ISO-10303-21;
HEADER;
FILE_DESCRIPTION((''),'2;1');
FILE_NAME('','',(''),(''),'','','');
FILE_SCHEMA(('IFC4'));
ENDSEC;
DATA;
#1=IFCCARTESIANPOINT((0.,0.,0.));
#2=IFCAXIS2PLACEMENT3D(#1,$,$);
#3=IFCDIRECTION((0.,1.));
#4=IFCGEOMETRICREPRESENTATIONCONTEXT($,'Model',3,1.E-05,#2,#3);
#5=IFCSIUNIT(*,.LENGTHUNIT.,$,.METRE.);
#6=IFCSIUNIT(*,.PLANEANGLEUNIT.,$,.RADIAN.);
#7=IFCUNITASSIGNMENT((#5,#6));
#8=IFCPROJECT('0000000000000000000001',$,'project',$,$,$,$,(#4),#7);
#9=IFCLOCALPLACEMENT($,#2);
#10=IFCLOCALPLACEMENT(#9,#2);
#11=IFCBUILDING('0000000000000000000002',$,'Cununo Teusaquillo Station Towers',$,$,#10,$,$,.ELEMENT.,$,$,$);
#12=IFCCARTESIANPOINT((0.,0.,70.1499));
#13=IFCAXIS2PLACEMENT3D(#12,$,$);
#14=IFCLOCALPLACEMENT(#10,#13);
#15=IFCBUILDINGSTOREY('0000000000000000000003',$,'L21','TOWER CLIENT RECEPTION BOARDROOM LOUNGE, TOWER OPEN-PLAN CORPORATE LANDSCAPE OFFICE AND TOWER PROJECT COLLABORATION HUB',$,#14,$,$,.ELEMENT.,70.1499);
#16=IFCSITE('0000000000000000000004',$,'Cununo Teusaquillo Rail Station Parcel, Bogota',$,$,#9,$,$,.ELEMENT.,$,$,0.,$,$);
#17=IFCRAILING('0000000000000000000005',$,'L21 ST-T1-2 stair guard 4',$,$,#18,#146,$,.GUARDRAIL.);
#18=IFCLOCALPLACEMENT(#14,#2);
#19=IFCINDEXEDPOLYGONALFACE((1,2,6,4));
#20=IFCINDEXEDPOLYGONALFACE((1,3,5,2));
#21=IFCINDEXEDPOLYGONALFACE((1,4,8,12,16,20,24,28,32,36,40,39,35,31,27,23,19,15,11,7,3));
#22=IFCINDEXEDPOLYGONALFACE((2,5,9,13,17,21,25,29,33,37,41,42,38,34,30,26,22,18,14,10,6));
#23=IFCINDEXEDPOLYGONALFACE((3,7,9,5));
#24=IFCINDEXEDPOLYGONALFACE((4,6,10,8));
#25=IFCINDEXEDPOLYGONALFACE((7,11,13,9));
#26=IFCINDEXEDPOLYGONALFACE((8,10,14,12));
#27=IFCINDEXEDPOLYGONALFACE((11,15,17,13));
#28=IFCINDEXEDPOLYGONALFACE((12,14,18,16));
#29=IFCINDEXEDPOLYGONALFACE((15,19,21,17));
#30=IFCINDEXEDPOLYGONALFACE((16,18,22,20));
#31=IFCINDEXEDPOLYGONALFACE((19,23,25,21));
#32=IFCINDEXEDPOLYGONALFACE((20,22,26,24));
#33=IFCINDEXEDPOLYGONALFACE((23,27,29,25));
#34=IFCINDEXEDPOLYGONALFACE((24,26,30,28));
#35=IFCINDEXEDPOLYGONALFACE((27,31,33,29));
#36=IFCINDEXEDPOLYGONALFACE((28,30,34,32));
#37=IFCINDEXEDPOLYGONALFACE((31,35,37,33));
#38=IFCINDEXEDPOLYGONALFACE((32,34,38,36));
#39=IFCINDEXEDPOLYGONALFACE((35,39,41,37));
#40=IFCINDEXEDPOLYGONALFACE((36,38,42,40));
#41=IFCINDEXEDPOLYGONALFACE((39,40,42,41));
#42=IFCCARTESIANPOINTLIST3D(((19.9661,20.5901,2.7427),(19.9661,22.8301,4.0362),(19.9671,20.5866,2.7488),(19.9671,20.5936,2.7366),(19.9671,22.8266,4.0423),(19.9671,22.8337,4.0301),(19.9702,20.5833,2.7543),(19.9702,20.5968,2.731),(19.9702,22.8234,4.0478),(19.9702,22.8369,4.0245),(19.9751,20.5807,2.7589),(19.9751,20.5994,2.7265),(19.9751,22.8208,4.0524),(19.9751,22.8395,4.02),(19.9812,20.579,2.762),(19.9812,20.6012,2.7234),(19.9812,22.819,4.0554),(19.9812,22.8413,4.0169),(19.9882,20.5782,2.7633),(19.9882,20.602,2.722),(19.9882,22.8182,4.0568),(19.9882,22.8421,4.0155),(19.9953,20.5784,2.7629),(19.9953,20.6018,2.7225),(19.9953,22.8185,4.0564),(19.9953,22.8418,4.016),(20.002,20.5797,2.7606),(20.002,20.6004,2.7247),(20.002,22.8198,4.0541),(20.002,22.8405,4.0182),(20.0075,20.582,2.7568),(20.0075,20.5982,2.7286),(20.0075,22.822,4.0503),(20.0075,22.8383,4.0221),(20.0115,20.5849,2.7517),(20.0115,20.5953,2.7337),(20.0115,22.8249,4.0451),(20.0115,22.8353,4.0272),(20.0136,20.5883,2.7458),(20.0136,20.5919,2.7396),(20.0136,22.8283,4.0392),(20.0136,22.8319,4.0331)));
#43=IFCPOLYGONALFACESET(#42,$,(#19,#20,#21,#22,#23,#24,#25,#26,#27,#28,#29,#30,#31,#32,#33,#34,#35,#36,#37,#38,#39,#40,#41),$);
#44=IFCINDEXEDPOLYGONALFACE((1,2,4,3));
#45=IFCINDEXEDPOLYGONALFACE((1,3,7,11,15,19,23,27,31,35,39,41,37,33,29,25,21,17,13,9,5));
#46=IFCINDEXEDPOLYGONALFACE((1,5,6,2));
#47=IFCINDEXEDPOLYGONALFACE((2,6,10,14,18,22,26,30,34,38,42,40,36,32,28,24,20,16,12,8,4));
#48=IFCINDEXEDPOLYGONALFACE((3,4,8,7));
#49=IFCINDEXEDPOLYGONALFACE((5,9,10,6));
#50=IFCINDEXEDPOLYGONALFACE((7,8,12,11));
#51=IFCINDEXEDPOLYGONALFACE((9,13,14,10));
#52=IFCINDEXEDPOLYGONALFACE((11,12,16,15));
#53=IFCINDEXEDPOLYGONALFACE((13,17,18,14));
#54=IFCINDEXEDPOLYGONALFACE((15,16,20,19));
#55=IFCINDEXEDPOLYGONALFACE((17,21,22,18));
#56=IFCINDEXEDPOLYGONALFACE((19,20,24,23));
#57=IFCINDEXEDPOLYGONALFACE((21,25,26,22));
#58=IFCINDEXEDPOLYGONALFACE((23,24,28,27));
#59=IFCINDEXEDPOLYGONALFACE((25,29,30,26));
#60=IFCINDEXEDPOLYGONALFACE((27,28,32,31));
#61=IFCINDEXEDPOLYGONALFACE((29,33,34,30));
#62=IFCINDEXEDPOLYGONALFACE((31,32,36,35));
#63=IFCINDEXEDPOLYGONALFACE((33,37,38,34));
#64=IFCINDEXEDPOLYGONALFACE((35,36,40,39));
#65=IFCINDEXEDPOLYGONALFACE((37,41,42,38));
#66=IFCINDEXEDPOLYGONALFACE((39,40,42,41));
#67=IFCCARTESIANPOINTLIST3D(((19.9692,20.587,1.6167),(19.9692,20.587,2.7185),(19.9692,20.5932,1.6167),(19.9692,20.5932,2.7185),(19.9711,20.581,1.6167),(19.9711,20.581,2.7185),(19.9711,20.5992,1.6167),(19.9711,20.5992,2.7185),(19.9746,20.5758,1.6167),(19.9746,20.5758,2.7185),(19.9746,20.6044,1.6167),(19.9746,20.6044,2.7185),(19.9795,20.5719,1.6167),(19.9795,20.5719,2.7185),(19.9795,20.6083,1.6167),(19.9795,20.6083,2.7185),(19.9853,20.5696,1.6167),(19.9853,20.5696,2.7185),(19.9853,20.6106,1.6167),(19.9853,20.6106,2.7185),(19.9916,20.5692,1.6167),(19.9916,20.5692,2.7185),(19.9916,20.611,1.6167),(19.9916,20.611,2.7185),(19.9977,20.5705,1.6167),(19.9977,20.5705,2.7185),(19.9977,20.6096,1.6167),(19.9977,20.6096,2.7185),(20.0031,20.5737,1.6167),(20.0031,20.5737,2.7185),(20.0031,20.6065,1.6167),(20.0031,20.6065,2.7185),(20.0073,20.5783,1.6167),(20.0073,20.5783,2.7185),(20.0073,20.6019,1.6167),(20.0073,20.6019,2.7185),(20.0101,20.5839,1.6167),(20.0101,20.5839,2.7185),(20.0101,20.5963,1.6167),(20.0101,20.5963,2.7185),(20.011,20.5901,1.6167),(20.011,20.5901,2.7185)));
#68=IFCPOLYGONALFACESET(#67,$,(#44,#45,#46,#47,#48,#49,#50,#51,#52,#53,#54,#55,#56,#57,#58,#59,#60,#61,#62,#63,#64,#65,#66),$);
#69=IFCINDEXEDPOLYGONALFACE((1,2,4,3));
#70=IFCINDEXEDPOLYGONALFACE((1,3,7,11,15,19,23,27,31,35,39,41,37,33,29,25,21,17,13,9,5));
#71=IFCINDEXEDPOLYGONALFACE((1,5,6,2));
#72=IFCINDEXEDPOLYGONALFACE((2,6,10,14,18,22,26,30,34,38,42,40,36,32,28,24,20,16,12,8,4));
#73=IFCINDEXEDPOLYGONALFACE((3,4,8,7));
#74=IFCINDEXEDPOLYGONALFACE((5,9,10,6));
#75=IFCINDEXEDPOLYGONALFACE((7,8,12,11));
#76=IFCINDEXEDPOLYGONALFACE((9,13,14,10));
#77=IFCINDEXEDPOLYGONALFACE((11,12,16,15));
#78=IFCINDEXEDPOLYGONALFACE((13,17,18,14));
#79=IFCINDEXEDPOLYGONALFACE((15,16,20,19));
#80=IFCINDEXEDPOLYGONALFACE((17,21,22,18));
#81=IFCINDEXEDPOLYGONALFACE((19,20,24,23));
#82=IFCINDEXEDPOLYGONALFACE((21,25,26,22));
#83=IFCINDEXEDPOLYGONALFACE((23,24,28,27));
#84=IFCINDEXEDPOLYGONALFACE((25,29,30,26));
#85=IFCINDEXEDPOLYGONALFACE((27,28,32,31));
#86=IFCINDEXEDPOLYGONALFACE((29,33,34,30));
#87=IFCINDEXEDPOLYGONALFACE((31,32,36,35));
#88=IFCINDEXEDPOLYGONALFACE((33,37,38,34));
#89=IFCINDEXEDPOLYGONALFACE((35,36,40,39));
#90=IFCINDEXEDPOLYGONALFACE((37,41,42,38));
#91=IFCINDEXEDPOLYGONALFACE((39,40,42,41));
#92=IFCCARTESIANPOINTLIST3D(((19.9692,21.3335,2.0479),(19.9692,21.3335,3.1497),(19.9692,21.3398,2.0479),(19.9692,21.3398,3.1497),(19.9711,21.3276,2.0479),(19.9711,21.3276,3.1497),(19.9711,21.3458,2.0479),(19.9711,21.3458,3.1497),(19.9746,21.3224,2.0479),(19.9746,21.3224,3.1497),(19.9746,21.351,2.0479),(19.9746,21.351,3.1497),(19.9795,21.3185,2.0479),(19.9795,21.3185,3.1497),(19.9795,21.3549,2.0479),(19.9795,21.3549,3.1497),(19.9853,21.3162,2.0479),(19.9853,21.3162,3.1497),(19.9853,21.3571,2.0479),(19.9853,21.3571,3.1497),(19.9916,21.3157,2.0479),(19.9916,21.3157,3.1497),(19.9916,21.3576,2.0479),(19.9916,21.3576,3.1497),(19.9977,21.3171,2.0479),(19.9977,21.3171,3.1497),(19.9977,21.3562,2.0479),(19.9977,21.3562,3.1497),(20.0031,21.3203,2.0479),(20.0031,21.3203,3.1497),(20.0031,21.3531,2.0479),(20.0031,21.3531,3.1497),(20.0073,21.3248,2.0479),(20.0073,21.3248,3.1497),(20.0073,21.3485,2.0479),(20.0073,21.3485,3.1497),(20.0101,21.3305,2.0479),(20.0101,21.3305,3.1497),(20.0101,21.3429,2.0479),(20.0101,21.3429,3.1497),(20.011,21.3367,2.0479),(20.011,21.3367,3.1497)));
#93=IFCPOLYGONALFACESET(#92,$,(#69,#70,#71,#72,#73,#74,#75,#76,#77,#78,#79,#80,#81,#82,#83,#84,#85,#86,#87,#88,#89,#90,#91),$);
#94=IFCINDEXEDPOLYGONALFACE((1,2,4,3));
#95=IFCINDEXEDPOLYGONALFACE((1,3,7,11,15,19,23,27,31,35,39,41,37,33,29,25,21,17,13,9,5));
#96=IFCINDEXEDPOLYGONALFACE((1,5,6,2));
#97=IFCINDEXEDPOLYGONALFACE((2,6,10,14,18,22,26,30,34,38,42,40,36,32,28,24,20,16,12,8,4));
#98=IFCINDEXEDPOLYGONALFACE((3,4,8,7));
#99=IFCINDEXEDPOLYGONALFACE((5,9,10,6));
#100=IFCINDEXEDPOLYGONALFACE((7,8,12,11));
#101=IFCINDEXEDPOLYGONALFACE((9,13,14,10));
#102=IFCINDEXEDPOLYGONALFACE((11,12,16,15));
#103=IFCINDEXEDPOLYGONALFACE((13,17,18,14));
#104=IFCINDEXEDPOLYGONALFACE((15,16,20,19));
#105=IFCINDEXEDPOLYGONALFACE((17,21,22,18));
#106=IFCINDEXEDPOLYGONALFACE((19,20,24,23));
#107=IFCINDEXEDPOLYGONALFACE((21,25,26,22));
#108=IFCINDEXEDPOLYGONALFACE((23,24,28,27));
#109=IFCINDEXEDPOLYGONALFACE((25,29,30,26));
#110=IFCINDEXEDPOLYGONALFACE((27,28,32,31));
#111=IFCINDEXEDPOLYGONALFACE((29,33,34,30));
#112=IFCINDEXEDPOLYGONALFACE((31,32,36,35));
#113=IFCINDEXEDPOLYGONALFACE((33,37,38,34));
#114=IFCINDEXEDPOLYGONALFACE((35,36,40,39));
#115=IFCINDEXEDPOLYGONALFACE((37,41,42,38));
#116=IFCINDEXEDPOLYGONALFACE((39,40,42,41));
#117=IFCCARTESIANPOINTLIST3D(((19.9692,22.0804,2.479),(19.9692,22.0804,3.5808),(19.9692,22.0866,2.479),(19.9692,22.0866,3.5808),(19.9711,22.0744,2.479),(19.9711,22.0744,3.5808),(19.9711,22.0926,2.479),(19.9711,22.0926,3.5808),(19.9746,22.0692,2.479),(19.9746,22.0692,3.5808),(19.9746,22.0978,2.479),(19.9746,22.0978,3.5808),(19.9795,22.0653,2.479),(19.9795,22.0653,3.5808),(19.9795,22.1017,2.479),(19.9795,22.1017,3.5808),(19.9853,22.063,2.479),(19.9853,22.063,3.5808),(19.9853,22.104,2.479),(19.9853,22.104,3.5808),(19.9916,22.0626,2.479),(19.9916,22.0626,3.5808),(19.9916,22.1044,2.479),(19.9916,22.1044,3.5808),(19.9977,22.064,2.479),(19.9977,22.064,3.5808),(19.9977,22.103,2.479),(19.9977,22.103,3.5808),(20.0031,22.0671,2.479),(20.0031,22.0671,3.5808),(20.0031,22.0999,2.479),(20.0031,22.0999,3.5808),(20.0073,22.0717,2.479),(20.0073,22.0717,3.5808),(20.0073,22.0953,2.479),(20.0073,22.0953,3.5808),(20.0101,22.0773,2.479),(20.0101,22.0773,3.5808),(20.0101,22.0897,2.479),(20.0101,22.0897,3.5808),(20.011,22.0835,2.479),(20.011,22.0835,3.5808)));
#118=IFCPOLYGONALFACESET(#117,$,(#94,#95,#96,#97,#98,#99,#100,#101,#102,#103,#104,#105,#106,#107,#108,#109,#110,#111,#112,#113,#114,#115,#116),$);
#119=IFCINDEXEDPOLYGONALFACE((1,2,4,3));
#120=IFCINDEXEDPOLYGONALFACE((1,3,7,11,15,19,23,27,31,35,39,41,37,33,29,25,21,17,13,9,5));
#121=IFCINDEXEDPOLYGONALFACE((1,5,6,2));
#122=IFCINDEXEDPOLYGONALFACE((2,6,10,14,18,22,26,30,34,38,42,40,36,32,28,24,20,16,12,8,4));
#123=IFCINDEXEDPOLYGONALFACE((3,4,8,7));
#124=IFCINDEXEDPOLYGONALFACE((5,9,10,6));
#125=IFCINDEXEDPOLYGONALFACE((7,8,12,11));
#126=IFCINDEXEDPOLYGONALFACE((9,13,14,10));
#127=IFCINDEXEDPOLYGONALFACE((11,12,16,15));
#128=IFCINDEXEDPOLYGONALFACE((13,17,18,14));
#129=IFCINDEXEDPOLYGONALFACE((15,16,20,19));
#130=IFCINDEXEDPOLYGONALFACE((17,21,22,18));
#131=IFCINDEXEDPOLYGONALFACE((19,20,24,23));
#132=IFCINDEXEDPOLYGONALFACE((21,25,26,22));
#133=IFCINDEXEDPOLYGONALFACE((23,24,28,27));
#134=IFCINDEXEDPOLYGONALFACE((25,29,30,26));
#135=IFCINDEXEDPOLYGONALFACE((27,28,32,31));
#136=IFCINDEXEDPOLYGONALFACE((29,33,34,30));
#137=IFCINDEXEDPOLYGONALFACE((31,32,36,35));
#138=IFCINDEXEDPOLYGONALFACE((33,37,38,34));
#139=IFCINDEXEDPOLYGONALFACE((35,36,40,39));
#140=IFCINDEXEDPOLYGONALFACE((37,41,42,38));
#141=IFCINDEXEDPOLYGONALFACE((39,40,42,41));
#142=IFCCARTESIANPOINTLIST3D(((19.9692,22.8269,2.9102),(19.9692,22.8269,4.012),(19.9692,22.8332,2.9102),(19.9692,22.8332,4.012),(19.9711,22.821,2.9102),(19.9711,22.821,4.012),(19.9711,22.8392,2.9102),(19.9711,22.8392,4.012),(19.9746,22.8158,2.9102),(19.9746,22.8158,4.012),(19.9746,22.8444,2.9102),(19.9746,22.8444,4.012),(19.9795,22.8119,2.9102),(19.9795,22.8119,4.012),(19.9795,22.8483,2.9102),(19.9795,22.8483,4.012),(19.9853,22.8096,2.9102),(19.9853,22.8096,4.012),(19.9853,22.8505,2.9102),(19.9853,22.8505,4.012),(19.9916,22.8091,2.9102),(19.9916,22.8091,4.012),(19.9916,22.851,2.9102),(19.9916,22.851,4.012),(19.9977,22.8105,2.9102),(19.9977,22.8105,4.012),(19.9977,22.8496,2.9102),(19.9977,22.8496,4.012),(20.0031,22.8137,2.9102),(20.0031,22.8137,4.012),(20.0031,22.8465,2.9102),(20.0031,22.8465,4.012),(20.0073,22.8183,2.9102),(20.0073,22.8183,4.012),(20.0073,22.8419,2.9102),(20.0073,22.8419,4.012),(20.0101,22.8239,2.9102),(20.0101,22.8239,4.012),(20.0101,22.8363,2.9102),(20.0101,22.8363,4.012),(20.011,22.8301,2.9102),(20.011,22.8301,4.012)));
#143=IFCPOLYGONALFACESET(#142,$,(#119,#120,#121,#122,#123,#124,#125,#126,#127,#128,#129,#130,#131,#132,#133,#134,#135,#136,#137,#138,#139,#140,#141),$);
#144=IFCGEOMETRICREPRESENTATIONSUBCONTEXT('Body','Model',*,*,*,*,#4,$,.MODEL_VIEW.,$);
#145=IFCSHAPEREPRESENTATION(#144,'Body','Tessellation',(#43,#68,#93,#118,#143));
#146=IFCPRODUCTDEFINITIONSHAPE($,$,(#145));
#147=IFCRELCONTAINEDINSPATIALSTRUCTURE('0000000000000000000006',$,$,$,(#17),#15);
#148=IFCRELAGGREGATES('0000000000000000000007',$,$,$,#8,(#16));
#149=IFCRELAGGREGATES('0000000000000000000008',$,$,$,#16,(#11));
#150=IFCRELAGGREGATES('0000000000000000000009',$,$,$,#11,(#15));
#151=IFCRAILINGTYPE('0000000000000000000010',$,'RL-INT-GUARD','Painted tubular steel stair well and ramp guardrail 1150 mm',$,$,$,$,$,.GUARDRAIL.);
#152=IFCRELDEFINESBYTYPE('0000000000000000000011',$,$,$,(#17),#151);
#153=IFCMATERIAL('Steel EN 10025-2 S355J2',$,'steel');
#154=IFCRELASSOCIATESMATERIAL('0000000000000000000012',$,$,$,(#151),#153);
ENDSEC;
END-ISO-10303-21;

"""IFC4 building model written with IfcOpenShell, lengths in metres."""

from ifc_helpers import new_model, si_unit, direction, frame, origin, origin_2d, place, context, subcontext, project, spatial, circle, extrude, material, type_object, element, save


model = new_model("IFC4")

# Units and contexts
model_context = context("Model", 3, precision=1e-05, world=origin(), true_north=direction((0.0, 1.0)))
body_context = subcontext(model_context, "Body", "Model", "MODEL_VIEW")
ifc_project = project(units=[si_unit("LENGTHUNIT", "METRE"), si_unit("PLANEANGLEUNIT", "RADIAN")], contexts=[model_context])

# Site, building, storey
site_placement = place(None, origin())
site = spatial("IfcSite", under=ifc_project, at=site_placement, Name="Cununo Teusaquillo Rail Station Parcel, Bogota", CompositionType="ELEMENT", RefElevation=0.0)
building_placement = place(site_placement, origin())
building = spatial("IfcBuilding", under=site, at=building_placement, Name="Cununo Teusaquillo Station Towers", CompositionType="ELEMENT")
storey_placement = place(building_placement, frame((0.0, 0.0, 70.1499)))
storey = spatial("IfcBuildingStorey", under=building, at=storey_placement, Name="L21", Description="TOWER CLIENT RECEPTION BOARDROOM LOUNGE, TOWER OPEN-PLAN CORPORATE LANDSCAPE OFFICE AND TOWER PROJECT COLLABORATION HUB", CompositionType="ELEMENT", Elevation=70.1499)

# Railing
ifc_material_1 = material(Name="Steel EN 10025-2 S355J2", Category="steel")
railing_type_1 = type_object("IfcRailingType", Name="RL-INT-GUARD", Description="Painted tubular steel stair well and ramp guardrail 1150 mm", PredefinedType="GUARDRAIL", material=ifc_material_1)
railing_1_placement = place(storey_placement, frame((19.99, 20.5901, 1.6167)))
element("IfcRailing", 1, at=railing_1_placement, inside=storey, type_object=railing_type_1, Name="L21 ST-T1-2 stair guard 4", PredefinedType="GUARDRAIL", context=body_context, shape_type="SweptSolid", body=[
    extrude(circle(Radius=0.0239, at=origin_2d()), frame((0.0, 0.0, 1.126), z_axis=(0.0, 0.865992, 0.500057), x_axis=(-1.0, 0.0, 0.0)), (0.0, 0.0, 1.0), 2.5867),
    extrude(circle(Radius=0.021, at=origin_2d()), origin(), (0.0, 0.0, 1.0), 1.1018),
    extrude(circle(Radius=0.021, at=origin_2d()), frame((0.0, 0.7466, 0.4312)), (0.0, 0.0, 1.0), 1.1018),
    extrude(circle(Radius=0.021, at=origin_2d()), frame((0.0, 1.4934, 0.8623)), (0.0, 0.0, 1.0), 1.1018),
    extrude(circle(Radius=0.021, at=origin_2d()), frame((0.0, 2.24, 1.2935)), (0.0, 0.0, 1.0), 1.1018),
])

save(model, "model.ifc")
